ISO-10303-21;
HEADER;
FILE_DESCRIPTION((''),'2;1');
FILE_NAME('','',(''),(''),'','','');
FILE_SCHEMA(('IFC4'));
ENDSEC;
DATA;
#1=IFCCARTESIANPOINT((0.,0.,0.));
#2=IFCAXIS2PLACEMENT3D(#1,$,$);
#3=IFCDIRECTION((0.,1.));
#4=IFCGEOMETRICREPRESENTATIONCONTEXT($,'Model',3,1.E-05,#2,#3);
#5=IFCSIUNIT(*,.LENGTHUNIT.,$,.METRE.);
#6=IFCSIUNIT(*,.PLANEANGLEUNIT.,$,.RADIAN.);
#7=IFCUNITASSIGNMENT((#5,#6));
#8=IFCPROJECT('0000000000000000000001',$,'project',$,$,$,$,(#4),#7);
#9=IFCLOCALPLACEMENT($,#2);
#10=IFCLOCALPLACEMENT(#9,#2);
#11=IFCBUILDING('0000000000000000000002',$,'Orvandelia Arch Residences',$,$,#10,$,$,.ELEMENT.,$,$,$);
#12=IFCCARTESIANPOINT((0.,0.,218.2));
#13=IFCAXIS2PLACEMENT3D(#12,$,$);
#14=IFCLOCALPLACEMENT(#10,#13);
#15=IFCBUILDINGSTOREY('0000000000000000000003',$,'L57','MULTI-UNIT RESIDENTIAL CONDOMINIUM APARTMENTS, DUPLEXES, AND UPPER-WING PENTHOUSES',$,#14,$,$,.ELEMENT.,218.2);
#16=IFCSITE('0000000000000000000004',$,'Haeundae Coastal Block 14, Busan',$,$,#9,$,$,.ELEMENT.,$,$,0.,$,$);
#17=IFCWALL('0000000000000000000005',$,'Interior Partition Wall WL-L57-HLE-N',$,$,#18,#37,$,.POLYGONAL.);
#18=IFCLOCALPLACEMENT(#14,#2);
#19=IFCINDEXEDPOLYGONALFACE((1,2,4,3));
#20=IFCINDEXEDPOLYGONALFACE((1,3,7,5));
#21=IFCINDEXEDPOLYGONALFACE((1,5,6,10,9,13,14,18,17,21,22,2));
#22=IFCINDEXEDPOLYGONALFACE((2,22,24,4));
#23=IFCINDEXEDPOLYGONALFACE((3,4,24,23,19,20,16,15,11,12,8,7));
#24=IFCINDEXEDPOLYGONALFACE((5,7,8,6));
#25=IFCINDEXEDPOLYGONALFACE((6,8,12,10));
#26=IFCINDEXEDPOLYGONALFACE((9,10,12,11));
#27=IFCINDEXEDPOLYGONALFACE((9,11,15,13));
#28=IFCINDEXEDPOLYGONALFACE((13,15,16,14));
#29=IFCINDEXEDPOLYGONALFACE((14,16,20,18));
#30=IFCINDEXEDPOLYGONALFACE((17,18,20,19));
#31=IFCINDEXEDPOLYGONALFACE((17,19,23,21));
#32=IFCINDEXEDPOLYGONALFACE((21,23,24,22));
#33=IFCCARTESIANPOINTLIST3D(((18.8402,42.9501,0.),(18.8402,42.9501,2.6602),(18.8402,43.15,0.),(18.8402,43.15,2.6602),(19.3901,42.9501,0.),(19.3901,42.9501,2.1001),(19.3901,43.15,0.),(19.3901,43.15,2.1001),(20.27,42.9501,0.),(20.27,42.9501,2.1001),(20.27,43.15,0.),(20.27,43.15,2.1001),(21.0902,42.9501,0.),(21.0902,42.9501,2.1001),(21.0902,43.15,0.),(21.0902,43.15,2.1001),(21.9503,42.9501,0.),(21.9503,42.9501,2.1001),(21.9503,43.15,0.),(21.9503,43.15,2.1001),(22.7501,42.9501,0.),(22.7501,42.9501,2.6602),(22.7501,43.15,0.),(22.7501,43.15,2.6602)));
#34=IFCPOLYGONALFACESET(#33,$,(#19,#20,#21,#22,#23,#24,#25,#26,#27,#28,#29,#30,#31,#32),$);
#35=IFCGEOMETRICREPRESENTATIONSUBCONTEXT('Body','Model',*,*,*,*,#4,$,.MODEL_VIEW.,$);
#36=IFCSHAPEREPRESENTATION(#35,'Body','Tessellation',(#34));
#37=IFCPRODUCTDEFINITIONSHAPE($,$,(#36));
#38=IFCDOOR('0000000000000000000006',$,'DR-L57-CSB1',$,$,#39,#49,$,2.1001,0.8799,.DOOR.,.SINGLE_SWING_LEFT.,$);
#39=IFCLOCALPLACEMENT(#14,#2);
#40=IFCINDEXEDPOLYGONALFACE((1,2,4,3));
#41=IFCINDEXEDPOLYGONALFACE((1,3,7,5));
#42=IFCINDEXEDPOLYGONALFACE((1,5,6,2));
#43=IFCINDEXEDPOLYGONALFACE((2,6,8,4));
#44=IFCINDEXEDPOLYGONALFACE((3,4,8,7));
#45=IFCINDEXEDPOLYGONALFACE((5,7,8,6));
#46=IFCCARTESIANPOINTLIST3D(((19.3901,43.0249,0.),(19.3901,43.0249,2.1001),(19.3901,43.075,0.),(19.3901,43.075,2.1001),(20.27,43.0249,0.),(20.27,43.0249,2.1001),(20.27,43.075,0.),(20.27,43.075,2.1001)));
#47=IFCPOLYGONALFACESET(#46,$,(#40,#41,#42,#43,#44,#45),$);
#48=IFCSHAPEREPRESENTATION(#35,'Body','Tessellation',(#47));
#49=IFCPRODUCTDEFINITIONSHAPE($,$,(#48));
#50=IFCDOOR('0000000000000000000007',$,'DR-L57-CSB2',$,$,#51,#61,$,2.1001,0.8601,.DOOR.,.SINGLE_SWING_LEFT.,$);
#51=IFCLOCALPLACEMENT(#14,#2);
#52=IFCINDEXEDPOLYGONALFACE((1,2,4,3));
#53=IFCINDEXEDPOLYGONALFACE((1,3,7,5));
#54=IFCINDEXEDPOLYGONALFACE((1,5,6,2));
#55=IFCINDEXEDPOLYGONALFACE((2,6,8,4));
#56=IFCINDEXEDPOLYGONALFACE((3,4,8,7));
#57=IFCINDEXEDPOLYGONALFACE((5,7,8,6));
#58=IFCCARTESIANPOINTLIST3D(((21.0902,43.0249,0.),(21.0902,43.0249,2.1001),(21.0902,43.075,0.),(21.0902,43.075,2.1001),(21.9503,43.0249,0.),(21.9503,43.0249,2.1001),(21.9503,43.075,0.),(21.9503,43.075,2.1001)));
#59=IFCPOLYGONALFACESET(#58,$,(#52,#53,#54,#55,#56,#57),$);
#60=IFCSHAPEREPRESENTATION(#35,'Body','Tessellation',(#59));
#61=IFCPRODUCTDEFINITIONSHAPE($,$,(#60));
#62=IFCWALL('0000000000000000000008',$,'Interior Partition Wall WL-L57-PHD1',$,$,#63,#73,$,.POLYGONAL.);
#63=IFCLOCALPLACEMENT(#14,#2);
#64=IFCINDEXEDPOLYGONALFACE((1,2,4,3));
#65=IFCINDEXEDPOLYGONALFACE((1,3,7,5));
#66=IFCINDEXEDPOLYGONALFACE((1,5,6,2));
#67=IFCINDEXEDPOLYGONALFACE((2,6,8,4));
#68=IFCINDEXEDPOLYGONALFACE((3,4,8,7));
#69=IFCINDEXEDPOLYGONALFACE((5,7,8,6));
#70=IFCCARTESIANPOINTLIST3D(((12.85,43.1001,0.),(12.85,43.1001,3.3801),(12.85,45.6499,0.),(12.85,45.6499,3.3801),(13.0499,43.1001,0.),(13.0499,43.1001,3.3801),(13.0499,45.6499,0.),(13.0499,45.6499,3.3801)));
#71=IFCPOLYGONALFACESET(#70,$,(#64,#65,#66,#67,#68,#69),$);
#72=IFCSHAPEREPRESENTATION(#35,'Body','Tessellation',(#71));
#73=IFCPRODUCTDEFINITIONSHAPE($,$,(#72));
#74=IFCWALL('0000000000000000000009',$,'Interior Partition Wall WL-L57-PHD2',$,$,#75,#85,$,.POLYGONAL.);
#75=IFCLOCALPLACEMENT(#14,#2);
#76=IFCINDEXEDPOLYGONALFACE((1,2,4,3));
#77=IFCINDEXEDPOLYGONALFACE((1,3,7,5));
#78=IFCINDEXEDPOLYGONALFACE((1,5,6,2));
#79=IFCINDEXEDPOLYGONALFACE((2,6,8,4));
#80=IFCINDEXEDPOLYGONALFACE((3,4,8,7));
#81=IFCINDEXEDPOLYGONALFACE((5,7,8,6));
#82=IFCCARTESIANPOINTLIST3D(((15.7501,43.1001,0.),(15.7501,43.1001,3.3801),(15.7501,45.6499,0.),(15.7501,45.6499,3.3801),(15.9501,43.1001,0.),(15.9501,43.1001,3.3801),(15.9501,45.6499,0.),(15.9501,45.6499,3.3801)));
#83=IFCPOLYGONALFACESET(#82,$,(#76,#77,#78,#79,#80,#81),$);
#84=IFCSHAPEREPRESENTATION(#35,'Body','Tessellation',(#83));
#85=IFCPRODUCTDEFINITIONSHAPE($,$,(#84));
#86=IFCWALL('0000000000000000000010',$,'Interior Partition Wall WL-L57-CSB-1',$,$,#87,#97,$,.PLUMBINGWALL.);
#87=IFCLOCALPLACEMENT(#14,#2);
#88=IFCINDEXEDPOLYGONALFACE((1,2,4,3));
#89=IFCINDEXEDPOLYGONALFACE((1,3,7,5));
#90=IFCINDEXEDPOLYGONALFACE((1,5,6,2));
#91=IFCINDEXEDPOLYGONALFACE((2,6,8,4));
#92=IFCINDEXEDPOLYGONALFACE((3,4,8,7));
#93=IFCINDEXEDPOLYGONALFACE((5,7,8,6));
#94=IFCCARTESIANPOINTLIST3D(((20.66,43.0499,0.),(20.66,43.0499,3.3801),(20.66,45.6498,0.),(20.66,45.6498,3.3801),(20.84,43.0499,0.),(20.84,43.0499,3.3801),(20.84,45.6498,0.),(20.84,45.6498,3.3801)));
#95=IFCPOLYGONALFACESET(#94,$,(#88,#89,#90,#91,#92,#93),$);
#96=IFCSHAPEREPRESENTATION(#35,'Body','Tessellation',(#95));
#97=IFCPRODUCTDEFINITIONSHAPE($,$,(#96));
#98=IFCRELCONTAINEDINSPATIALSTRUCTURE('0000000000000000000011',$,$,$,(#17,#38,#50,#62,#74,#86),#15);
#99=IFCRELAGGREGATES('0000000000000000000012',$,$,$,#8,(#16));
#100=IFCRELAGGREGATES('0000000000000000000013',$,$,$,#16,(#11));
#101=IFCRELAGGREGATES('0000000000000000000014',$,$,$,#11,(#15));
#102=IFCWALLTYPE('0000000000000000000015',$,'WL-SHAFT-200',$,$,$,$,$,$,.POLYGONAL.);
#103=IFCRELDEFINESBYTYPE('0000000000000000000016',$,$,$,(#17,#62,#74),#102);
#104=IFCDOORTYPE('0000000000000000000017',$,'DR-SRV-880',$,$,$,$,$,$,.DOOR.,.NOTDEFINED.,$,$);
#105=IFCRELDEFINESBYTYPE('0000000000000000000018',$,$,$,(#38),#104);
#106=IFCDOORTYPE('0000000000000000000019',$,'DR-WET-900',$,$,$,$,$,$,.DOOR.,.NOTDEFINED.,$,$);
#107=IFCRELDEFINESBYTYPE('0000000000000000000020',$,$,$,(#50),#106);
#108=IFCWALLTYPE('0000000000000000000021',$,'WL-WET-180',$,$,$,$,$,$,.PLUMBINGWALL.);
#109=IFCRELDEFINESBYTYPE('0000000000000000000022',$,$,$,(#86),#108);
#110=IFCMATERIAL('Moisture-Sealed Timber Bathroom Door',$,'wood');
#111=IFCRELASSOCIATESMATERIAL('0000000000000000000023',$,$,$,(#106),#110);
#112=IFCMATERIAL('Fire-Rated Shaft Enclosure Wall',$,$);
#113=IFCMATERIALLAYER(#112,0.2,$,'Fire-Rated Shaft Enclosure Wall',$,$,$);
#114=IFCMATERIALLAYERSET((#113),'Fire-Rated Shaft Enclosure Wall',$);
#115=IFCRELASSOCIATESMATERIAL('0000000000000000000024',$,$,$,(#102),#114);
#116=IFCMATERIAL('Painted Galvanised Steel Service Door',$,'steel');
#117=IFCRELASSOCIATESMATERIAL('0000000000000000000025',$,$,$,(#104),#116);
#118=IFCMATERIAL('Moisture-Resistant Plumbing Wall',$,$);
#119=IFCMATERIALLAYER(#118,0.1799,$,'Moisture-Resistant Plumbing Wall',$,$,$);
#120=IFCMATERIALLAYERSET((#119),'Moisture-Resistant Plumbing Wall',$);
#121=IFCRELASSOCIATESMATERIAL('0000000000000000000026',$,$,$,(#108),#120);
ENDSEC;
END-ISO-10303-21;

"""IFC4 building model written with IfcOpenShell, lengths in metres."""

from ifc_helpers import new_model, si_unit, direction, frame, frame_2d, origin, place, context, subcontext, project, spatial, rectangle, extrude, material, layer, layer_set, type_object, element, fill, save


model = new_model("IFC4")

# Units and contexts
model_context = context("Model", 3, precision=1e-05, world=origin(), true_north=direction((0.0, 1.0)))
body_context = subcontext(model_context, "Body", "Model", "MODEL_VIEW")
ifc_project = project(units=[si_unit("LENGTHUNIT", "METRE"), si_unit("PLANEANGLEUNIT", "RADIAN")], contexts=[model_context])

# Site, building, storey
site_placement = place(None, origin())
site = spatial("IfcSite", under=ifc_project, at=site_placement, Name="Haeundae Coastal Block 14, Busan", CompositionType="ELEMENT", RefElevation=0.0)
building_placement = place(site_placement, origin())
building = spatial("IfcBuilding", under=site, at=building_placement, Name="Orvandelia Arch Residences", CompositionType="ELEMENT")
storey_placement = place(building_placement, frame((0.0, 0.0, 218.2)))
storey = spatial("IfcBuildingStorey", under=building, at=storey_placement, Name="L57", Description="MULTI-UNIT RESIDENTIAL CONDOMINIUM APARTMENTS, DUPLEXES, AND UPPER-WING PENTHOUSES", CompositionType="ELEMENT", Elevation=218.2)

# Shared definitions
ifc_material_1 = material(Name="Moisture-Sealed Timber Bathroom Door", Category="wood")
door_type_1 = type_object("IfcDoorType", Name="DR-WET-900", OperationType="NOTDEFINED", PredefinedType="DOOR", material=ifc_material_1)

# Shared definitions
ifc_material_2 = material(Name="Fire-Rated Shaft Enclosure Wall")
ifc_layer_1 = layer(ifc_material_2, 0.2, Name="Fire-Rated Shaft Enclosure Wall")
ifc_layer_set_1 = layer_set([ifc_layer_1], Name="Fire-Rated Shaft Enclosure Wall")
wall_type_1 = type_object("IfcWallType", Name="WL-SHAFT-200", PredefinedType="POLYGONAL", material=ifc_layer_set_1)

# Wall, openings, doors
ifc_material_3 = material(Name="Painted Galvanised Steel Service Door", Category="steel")
door_type_2 = type_object("IfcDoorType", Name="DR-SRV-880", OperationType="NOTDEFINED", PredefinedType="DOOR", material=ifc_material_3)
wall_1_placement = place(storey_placement, frame((18.8401, 43.05, 0.0), z_axis=(0.0, 0.0, 1.0), x_axis=(1.0, 0.0, 0.0)))
wall_1 = element("IfcWall", 1, at=wall_1_placement, inside=storey, type_object=wall_type_1, Name="Interior Partition Wall WL-L57-HLE-N", PredefinedType="POLYGONAL", context=body_context, shape_type="SweptSolid", body=[
    extrude(rectangle(XDim=3.9099, YDim=0.2, at=frame_2d((1.9551, 0.0))), origin(), (0.0, 0.0, 1.0), 2.6602),
])
opening_1_placement = place(wall_1_placement, frame((0.55, 0.0, 0.0)))
opening_1 = element("IfcOpeningElement", 2, at=opening_1_placement, cuts=wall_1, PredefinedType="OPENING", context=body_context, shape_type="SweptSolid", body=[
    extrude(rectangle(XDim=0.8799, YDim=2.1001, at=frame_2d((0.4399, 1.05))), frame((0.0, 0.1099, 0.0), z_axis=(0.0, -1.0, 0.0), x_axis=(1.0, 0.0, 0.0)), (0.0, 0.0, 1.0), 0.22),
])
opening_2_placement = place(wall_1_placement, frame((2.25, 0.0, 0.0)))
opening_2 = element("IfcOpeningElement", 3, at=opening_2_placement, cuts=wall_1, PredefinedType="OPENING", context=body_context, shape_type="SweptSolid", body=[
    extrude(rectangle(XDim=0.8601, YDim=2.1001, at=frame_2d((0.4302, 1.05))), frame((0.0, 0.1099, 0.0), z_axis=(0.0, -1.0, 0.0), x_axis=(1.0, 0.0, 0.0)), (0.0, 0.0, 1.0), 0.22),
])
door_1_placement = place(opening_1_placement, origin())
door_1 = element("IfcDoor", 4, at=door_1_placement, inside=storey, type_object=door_type_2, Name="DR-L57-CSB1", OperationType="SINGLE_SWING_LEFT", OverallHeight=2.1001, OverallWidth=0.8799, PredefinedType="DOOR", context=body_context, shape_type="SweptSolid", body=[
    extrude(rectangle(XDim=0.8799, YDim=2.1001, at=frame_2d((0.4399, 1.05))), frame((0.0, 0.0249, 0.0), z_axis=(0.0, -1.0, 0.0), x_axis=(1.0, 0.0, 0.0)), (0.0, 0.0, 1.0), 0.05),
])
fill(opening_1, door_1)
door_2_placement = place(opening_2_placement, origin())
door_2 = element("IfcDoor", 5, at=door_2_placement, inside=storey, type_object=door_type_1, Name="DR-L57-CSB2", OperationType="SINGLE_SWING_LEFT", OverallHeight=2.1001, OverallWidth=0.8601, PredefinedType="DOOR", context=body_context, shape_type="SweptSolid", body=[
    extrude(rectangle(XDim=0.8601, YDim=2.1001, at=frame_2d((0.4302, 1.05))), frame((0.0, 0.0249, 0.0), z_axis=(0.0, -1.0, 0.0), x_axis=(1.0, 0.0, 0.0)), (0.0, 0.0, 1.0), 0.05),
])
fill(opening_2, door_2)

# Walls
for number, where, z_axis, x_axis, name in (
    (6, (12.95, 43.1001, 0.0), (0.0, 0.0, 1.0), (0.0, 1.0, 0.0), "Interior Partition Wall WL-L57-PHD1"),
    (7, (15.8501, 43.1001, 0.0), (0.0, 0.0, 1.0), (0.0, 1.0, 0.0), "Interior Partition Wall WL-L57-PHD2"),
):
    element("IfcWall", number, at=place(storey_placement, frame(where, z_axis=z_axis, x_axis=x_axis)), inside=storey, type_object=wall_type_1, Name=name, PredefinedType="POLYGONAL", context=body_context, shape_type="SweptSolid", body=[
        extrude(rectangle(XDim=2.5498, YDim=0.2, at=frame_2d((1.2749, 0.0))), origin(), (0.0, 0.0, 1.0), 3.3801),
    ])
ifc_material_4 = material(Name="Moisture-Resistant Plumbing Wall")
ifc_layer_2 = layer(ifc_material_4, 0.1799, Name="Moisture-Resistant Plumbing Wall")
ifc_layer_set_2 = layer_set([ifc_layer_2], Name="Moisture-Resistant Plumbing Wall")
wall_type_2 = type_object("IfcWallType", Name="WL-WET-180", PredefinedType="PLUMBINGWALL", material=ifc_layer_set_2)
wall_2_placement = place(storey_placement, frame((20.75, 43.05, 0.0), z_axis=(0.0, 0.0, 1.0), x_axis=(0.0, 1.0, 0.0)))
element("IfcWall", 8, at=wall_2_placement, inside=storey, type_object=wall_type_2, Name="Interior Partition Wall WL-L57-CSB-1", PredefinedType="PLUMBINGWALL", context=body_context, shape_type="SweptSolid", body=[
    extrude(rectangle(XDim=2.5999, YDim=0.1799, at=frame_2d((1.2998, 0.0))), origin(), (0.0, 0.0, 1.0), 3.3801),
])

save(model, "model.ifc")
